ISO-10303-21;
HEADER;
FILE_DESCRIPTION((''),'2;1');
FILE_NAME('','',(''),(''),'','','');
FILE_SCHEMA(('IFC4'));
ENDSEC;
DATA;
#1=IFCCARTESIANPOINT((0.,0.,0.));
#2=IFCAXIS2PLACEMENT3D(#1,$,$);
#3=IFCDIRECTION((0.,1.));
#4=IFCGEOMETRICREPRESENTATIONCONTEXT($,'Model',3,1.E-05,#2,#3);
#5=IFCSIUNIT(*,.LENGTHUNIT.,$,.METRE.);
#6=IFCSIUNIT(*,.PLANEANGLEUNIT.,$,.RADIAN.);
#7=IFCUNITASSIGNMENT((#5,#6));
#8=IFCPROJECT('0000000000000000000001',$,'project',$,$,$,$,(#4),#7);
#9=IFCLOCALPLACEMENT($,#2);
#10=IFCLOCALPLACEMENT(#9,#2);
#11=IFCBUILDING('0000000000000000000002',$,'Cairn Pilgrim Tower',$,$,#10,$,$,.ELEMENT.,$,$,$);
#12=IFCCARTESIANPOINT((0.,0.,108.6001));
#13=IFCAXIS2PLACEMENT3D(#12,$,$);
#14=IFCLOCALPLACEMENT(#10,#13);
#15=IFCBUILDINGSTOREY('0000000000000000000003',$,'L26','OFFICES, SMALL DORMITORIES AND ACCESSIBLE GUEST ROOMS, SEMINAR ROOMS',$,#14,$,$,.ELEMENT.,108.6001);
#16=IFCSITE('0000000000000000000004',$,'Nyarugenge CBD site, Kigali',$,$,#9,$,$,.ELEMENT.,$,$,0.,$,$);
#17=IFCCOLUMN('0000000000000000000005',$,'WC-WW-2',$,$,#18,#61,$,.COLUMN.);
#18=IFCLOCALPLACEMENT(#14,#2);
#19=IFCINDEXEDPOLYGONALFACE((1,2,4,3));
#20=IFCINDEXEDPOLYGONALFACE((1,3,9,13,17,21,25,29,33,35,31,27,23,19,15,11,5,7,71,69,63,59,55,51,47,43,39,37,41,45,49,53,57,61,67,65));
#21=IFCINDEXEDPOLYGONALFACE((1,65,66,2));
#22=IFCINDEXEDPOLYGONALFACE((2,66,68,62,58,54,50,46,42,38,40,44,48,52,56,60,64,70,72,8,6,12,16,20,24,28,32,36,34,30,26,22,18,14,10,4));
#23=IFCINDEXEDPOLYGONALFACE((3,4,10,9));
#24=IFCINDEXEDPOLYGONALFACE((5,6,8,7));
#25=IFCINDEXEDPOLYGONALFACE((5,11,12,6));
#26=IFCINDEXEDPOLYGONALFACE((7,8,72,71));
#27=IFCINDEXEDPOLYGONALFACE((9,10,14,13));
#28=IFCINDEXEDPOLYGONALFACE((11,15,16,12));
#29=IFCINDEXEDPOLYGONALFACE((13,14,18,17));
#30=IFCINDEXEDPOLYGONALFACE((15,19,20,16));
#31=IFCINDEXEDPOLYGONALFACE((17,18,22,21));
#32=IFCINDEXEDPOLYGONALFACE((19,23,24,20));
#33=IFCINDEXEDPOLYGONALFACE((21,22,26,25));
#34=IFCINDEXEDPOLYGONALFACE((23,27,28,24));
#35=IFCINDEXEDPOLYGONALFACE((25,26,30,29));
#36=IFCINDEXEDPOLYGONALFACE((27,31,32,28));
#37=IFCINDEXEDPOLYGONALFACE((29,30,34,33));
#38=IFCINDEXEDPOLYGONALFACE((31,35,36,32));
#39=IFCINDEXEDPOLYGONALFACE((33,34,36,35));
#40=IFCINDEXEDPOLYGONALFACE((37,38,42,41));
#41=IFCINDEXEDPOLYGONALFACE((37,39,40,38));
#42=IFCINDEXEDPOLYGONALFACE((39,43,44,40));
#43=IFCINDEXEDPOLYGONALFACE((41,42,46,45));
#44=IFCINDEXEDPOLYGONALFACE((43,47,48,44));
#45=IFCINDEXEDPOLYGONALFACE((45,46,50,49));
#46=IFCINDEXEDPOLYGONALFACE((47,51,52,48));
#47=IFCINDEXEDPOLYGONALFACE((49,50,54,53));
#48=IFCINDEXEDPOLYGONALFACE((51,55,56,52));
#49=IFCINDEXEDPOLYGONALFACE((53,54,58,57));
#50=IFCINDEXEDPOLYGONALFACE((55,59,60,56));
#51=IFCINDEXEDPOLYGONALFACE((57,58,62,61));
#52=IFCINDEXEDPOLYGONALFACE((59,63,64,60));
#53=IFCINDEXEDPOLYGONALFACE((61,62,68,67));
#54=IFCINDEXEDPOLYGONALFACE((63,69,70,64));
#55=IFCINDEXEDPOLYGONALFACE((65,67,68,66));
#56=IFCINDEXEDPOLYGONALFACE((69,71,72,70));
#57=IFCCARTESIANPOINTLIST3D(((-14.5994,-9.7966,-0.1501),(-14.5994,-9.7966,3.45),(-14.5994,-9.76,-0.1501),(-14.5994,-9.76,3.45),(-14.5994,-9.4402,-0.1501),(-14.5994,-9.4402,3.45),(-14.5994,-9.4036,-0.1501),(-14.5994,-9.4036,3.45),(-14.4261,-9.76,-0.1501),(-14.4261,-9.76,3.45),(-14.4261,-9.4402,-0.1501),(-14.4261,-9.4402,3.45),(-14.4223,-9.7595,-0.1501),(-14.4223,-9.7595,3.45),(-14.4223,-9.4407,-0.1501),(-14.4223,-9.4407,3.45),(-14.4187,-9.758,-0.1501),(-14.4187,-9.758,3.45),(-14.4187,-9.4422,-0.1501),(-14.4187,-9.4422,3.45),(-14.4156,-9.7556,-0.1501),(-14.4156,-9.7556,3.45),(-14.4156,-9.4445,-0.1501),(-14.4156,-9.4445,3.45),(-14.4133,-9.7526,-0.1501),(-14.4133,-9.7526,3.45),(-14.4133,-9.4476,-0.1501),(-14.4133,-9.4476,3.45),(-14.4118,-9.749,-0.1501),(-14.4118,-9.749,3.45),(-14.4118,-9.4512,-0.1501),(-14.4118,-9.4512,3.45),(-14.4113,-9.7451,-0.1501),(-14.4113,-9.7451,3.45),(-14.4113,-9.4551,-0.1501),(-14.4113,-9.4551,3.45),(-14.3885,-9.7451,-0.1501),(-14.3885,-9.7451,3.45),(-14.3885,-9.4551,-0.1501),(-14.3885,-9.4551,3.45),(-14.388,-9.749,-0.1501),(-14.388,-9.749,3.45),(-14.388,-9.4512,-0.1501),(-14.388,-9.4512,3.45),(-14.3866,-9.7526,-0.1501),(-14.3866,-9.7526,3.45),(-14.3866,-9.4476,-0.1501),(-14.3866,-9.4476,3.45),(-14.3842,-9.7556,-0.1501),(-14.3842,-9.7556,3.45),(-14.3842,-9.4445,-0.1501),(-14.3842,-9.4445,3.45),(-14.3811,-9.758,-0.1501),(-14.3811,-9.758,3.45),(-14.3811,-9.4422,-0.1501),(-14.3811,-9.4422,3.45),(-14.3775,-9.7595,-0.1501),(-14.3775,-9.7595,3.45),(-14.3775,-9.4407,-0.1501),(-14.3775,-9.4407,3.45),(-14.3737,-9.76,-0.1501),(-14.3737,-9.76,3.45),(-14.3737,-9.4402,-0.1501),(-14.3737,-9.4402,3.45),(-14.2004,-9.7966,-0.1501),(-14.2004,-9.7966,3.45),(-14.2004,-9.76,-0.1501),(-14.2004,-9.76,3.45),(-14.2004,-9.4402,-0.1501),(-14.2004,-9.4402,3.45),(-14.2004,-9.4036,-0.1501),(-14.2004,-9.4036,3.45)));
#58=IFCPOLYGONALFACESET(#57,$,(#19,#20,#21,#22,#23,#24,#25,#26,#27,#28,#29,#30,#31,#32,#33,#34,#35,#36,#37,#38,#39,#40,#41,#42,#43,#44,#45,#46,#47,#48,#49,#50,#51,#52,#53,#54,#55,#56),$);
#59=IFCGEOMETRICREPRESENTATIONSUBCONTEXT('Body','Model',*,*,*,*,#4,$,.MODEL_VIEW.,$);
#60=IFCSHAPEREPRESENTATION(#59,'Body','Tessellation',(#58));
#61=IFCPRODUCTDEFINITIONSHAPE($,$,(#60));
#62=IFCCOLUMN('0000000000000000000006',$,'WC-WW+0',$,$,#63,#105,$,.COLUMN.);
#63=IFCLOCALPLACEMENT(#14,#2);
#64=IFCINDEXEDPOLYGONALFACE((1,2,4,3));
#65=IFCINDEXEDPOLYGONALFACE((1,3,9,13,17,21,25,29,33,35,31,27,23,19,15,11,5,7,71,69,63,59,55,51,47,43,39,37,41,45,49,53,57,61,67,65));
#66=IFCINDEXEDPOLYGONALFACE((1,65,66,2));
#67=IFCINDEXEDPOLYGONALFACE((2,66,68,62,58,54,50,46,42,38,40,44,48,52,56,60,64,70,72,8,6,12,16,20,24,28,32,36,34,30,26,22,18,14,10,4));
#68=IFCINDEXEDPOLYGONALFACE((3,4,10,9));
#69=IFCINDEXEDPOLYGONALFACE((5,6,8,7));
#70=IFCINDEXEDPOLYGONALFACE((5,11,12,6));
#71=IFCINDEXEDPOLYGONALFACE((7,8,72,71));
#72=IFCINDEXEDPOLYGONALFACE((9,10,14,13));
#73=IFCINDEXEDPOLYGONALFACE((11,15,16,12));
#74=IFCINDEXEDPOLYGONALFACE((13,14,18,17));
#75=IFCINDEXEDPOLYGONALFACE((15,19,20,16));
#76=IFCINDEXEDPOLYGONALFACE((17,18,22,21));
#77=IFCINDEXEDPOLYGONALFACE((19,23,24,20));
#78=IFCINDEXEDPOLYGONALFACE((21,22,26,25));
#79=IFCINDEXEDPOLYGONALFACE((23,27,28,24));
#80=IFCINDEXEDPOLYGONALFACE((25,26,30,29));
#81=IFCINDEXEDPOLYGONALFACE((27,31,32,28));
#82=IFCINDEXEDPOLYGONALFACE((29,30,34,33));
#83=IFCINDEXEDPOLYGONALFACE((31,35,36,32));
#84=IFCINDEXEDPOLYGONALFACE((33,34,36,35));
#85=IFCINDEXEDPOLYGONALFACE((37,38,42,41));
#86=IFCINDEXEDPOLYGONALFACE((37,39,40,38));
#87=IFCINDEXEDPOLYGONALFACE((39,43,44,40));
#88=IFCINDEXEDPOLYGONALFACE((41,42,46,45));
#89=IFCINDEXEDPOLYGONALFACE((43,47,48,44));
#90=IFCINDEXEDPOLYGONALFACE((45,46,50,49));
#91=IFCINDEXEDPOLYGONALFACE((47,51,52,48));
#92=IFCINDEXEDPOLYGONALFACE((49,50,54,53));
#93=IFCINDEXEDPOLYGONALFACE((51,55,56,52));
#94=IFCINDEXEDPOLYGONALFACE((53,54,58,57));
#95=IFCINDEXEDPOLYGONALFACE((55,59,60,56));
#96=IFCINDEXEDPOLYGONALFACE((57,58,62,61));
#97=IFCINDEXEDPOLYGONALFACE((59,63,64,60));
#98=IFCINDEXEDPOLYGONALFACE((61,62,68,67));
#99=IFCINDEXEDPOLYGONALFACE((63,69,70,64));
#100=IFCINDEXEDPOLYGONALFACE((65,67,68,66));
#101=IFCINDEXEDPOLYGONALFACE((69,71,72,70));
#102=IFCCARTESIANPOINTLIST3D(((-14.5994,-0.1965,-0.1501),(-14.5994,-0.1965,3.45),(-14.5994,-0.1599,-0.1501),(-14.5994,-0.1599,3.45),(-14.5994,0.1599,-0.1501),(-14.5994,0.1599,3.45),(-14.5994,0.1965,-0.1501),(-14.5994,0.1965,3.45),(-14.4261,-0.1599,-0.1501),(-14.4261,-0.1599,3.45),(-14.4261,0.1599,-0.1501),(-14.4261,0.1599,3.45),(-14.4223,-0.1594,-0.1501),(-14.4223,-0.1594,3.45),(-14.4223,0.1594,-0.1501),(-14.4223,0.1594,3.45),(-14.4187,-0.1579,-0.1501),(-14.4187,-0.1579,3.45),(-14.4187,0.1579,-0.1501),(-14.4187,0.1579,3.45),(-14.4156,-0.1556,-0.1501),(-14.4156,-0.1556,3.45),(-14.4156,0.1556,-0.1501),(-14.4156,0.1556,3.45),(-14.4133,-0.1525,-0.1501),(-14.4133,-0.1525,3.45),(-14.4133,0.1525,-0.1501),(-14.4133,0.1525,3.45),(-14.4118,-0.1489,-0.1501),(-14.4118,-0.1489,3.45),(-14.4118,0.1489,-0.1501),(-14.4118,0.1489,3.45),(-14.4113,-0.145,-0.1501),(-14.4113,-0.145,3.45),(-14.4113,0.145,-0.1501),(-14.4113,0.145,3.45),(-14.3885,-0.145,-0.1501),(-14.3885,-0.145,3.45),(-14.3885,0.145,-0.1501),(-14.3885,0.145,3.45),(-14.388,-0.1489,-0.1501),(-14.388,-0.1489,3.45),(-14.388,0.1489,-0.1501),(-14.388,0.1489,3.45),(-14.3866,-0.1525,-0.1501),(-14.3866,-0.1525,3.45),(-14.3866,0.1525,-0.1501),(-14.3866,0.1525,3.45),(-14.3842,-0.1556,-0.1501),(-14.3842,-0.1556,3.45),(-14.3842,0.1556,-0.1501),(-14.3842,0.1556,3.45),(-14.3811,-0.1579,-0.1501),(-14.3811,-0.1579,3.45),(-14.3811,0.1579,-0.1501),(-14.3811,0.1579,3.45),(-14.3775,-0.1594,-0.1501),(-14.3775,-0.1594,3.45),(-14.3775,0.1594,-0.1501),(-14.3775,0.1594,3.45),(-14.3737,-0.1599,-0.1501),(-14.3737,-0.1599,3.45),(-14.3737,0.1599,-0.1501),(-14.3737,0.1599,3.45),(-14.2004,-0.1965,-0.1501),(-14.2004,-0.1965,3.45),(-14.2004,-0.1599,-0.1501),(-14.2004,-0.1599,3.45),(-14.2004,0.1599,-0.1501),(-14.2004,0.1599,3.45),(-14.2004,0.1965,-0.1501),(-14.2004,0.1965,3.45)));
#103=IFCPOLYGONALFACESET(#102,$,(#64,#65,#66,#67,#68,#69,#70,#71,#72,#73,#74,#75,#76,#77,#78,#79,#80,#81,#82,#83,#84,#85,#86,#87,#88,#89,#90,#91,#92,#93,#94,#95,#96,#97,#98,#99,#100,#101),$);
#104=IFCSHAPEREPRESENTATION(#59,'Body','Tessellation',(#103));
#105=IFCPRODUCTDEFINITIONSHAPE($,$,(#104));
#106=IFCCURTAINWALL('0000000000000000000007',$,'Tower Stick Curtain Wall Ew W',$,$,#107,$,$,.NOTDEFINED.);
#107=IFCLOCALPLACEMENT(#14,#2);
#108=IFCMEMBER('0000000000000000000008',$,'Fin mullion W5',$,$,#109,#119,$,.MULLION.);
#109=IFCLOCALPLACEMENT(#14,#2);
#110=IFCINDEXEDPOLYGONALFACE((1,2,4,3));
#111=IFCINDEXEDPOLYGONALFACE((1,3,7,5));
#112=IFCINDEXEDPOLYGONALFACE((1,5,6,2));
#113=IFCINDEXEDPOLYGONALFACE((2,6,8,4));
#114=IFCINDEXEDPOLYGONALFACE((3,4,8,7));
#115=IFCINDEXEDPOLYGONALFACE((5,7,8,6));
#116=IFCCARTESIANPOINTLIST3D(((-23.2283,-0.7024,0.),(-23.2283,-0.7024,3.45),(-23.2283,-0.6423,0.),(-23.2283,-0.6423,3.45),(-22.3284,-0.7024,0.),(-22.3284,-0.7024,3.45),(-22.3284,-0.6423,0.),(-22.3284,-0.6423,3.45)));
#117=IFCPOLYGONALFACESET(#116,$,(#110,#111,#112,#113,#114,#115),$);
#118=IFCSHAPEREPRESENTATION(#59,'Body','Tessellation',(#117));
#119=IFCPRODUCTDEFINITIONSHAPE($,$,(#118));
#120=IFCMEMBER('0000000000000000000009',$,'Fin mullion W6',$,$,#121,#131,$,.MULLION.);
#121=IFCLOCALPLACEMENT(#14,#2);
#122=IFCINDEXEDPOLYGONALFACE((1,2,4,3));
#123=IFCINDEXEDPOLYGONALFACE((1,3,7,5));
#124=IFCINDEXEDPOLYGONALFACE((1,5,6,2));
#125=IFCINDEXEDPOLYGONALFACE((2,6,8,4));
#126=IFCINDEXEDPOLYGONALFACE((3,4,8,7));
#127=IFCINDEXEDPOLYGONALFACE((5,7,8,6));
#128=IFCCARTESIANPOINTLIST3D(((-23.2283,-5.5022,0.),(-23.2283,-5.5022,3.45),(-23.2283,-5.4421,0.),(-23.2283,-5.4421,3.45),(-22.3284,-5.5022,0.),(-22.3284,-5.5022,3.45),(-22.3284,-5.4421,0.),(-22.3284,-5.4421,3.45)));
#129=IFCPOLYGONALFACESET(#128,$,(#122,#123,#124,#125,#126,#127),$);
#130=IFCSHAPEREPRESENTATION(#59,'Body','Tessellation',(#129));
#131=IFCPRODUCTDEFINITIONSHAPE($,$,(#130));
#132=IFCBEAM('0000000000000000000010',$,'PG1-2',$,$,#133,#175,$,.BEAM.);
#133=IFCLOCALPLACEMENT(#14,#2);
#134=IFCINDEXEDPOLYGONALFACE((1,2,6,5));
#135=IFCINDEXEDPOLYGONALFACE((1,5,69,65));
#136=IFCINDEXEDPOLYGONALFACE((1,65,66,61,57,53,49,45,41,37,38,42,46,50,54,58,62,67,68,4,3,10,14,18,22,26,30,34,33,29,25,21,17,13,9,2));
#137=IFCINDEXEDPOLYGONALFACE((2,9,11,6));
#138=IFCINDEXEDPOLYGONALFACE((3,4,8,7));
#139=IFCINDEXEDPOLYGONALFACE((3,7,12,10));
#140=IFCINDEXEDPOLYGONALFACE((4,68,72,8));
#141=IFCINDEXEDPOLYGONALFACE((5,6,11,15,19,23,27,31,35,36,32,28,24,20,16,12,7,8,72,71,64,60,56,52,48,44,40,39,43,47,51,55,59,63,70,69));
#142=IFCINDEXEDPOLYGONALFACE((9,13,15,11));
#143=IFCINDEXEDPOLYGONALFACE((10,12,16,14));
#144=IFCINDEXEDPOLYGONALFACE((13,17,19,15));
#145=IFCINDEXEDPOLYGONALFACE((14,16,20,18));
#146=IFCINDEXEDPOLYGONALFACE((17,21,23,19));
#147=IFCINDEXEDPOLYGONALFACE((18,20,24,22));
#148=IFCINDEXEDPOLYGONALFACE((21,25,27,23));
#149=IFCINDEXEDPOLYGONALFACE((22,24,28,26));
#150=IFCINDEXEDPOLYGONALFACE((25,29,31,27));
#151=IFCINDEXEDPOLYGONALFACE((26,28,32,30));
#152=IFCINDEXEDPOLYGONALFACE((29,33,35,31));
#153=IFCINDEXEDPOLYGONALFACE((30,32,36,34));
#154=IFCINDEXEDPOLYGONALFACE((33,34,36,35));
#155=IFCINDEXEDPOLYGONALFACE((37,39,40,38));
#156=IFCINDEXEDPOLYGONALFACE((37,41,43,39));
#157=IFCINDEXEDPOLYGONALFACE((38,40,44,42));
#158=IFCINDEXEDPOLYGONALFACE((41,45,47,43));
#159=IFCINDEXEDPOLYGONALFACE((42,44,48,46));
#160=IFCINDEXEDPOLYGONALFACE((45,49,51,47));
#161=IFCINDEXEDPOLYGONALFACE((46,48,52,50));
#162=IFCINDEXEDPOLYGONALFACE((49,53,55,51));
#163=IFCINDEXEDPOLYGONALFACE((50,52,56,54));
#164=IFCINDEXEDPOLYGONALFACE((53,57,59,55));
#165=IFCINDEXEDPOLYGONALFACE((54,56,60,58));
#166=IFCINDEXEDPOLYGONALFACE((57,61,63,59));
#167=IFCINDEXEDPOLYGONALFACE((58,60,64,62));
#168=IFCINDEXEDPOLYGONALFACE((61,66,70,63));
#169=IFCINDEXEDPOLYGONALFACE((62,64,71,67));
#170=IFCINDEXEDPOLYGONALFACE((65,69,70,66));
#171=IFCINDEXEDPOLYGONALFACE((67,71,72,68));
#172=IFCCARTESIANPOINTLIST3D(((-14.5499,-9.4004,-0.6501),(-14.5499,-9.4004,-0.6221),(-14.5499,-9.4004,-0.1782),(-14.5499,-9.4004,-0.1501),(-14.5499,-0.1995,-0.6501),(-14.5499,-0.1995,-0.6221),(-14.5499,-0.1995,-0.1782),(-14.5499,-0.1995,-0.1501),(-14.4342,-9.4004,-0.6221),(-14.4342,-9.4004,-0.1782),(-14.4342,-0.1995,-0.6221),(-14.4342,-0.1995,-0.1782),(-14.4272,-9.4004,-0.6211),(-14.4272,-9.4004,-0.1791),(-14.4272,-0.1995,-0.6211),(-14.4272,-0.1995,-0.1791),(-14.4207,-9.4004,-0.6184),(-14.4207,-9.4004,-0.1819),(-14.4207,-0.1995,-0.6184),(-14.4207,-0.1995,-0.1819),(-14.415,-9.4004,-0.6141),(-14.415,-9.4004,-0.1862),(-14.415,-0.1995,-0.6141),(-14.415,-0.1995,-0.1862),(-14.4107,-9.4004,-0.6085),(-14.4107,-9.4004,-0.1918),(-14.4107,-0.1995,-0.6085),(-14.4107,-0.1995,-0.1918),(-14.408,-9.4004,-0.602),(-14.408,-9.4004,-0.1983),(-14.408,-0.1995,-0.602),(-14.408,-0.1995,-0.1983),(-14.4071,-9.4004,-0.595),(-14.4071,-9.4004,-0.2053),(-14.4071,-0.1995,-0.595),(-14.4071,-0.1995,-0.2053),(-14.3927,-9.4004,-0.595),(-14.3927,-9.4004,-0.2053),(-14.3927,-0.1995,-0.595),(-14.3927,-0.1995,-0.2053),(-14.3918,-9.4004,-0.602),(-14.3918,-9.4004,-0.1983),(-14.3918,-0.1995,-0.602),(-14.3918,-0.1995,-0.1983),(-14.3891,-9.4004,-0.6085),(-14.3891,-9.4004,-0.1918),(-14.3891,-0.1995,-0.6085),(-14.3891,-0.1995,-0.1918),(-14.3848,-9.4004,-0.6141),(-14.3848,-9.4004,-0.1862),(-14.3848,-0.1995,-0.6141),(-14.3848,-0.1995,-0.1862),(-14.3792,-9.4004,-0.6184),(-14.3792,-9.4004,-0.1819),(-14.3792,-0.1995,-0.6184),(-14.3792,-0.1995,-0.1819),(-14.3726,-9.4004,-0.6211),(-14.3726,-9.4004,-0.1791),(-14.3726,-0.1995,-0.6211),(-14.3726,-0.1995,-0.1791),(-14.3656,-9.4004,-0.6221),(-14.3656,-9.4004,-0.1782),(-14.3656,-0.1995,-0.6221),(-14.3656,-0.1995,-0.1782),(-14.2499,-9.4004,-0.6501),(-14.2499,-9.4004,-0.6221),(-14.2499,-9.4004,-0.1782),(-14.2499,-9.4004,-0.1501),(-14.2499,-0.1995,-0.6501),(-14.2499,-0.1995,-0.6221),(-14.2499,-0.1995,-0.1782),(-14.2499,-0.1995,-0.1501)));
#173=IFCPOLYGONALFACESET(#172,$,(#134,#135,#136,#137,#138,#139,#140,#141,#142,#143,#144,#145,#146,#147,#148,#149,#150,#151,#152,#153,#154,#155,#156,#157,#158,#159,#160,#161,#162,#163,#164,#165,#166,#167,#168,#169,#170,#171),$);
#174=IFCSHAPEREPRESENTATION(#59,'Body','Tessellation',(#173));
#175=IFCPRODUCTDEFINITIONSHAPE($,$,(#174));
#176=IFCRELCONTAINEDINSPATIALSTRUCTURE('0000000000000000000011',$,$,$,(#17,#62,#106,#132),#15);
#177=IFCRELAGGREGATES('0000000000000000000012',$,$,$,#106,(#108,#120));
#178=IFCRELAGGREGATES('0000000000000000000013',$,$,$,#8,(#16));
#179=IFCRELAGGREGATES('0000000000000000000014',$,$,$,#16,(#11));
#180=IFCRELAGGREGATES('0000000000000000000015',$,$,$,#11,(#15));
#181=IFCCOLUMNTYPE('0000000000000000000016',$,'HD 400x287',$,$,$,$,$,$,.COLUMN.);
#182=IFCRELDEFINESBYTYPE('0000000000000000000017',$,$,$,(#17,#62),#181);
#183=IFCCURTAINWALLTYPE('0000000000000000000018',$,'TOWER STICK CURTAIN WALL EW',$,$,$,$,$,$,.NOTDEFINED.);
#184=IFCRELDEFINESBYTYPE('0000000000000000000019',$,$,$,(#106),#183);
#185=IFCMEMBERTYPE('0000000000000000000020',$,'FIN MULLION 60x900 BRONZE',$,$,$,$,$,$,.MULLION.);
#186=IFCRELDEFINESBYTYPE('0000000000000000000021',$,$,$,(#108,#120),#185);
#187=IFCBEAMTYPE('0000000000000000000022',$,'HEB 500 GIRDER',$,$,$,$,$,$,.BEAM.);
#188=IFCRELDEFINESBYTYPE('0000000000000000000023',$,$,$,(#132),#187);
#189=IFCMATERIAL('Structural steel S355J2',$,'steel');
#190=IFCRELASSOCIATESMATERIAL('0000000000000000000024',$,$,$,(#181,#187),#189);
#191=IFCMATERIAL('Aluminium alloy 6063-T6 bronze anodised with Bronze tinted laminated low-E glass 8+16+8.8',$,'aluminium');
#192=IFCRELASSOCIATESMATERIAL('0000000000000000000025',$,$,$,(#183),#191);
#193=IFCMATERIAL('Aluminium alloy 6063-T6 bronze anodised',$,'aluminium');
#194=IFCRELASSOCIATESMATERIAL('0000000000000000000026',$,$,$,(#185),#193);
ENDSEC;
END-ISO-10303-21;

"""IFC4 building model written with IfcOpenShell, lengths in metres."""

from ifc_helpers import new_model, si_unit, direction, frame, origin, origin_2d, place, context, subcontext, project, spatial, rectangle, i_section, extrude, material, material_profile, profile_set, type_object, element, aggregate, save


model = new_model("IFC4")

# Units and contexts
model_context = context("Model", 3, precision=1e-05, world=origin(), true_north=direction((0.0, 1.0)))
body_context = subcontext(model_context, "Body", "Model", "MODEL_VIEW")
ifc_project = project(units=[si_unit("LENGTHUNIT", "METRE"), si_unit("PLANEANGLEUNIT", "RADIAN")], contexts=[model_context])

# Site, building, storey
site_placement = place(None, origin())
site = spatial("IfcSite", under=ifc_project, at=site_placement, Name="Nyarugenge CBD site, Kigali", CompositionType="ELEMENT", RefElevation=0.0)
building_placement = place(site_placement, origin())
building = spatial("IfcBuilding", under=site, at=building_placement, Name="Cairn Pilgrim Tower", CompositionType="ELEMENT")
storey_placement = place(building_placement, frame((0.0, 0.0, 108.6001)))
storey = spatial("IfcBuildingStorey", under=building, at=storey_placement, Name="L26", Description="OFFICES, SMALL DORMITORIES AND ACCESSIBLE GUEST ROOMS, SEMINAR ROOMS", CompositionType="ELEMENT", Elevation=108.6001)

# Columns
ifc_material_1 = material(Name="Structural steel S355J2", Category="steel")
ifc_material_profile_1 = material_profile(ifc_material_1, i_section(OverallWidth=0.3989, OverallDepth=0.3931, WebThickness=0.0227, FlangeThickness=0.0366, FilletRadius=0.0149, at=origin_2d()), Name="HD 400x287")
ifc_profile_set_1 = profile_set([ifc_material_profile_1], Name="Structural steel S355J2")
column_type_1 = type_object("IfcColumnType", Name="HD 400x287", PredefinedType="COLUMN", material=ifc_profile_set_1)
for number, where, z_axis, x_axis, name in (
    (1, (-14.3999, -9.6001, -0.1501), (0.0, 0.0, 1.0), (1.0, 0.0, 0.0), "WC-WW-2"),
    (2, (-14.3999, 0.0, -0.1501), (0.0, 0.0, 1.0), (1.0, 0.0, 0.0), "WC-WW+0"),
):
    element("IfcColumn", number, at=place(storey_placement, frame(where, z_axis=z_axis, x_axis=x_axis)), inside=storey, type_object=column_type_1, Name=name, PredefinedType="COLUMN", context=body_context, shape_type="SweptSolid", body=[
        extrude(i_section(OverallWidth=0.3989, OverallDepth=0.3931, WebThickness=0.0227, FlangeThickness=0.0366, FilletRadius=0.0149, at=origin_2d()), origin(), (0.0, 0.0, 1.0), 3.6001),
    ])

# Curtain wall, members
ifc_material_2 = material(Name="Aluminium alloy 6063-T6 bronze anodised with Bronze tinted laminated low-E glass 8+16+8.8", Category="aluminium")
curtain_wall_type = type_object("IfcCurtainWallType", Name="TOWER STICK CURTAIN WALL EW", PredefinedType="NOTDEFINED", material=ifc_material_2)
curtain_wall_placement = place(storey_placement, origin())
curtain_wall = element("IfcCurtainWall", 3, at=curtain_wall_placement, inside=storey, type_object=curtain_wall_type, Name="Tower Stick Curtain Wall Ew W", PredefinedType="NOTDEFINED")
ifc_material_3 = material(Name="Aluminium alloy 6063-T6 bronze anodised", Category="aluminium")
ifc_material_profile_2 = material_profile(ifc_material_3, rectangle(XDim=0.8999, YDim=0.0601, at=origin_2d()), Name="FIN MULLION 60x900 BRONZE")
ifc_profile_set_2 = profile_set([ifc_material_profile_2], Name="Aluminium alloy 6063-T6 bronze anodised")
member_type_1 = type_object("IfcMemberType", Name="FIN MULLION 60x900 BRONZE", PredefinedType="MULLION", material=ifc_profile_set_2)
member_1_placement = place(storey_placement, frame((-22.7783, -0.6724, 0.0), z_axis=(0.0, 0.0, 1.0), x_axis=(-1.0, 0.0, 0.0)))
member_1 = element("IfcMember", 4, at=member_1_placement, type_object=member_type_1, Name="Fin mullion W5", PredefinedType="MULLION", context=body_context, shape_type="SweptSolid", body=[
    extrude(rectangle(XDim=0.8999, YDim=0.0601, at=origin_2d()), origin(), (0.0, 0.0, 1.0), 3.45),
])
member_2_placement = place(storey_placement, frame((-22.7783, -5.4722, 0.0), z_axis=(0.0, 0.0, 1.0), x_axis=(-1.0, 0.0, 0.0)))
member_2 = element("IfcMember", 5, at=member_2_placement, type_object=member_type_1, Name="Fin mullion W6", PredefinedType="MULLION", context=body_context, shape_type="SweptSolid", body=[
    extrude(rectangle(XDim=0.8999, YDim=0.0601, at=origin_2d()), origin(), (0.0, 0.0, 1.0), 3.45),
])

# Beam
ifc_material_profile_3 = material_profile(ifc_material_1, i_section(OverallWidth=0.3, OverallDepth=0.5, WebThickness=0.0144, FlangeThickness=0.0281, FilletRadius=0.0271, at=origin_2d()), Name="HEB 500")
ifc_profile_set_3 = profile_set([ifc_material_profile_3], Name="Structural steel S355J2")
beam_type_1 = type_object("IfcBeamType", Name="HEB 500 GIRDER", PredefinedType="BEAM", material=ifc_profile_set_3)
for number, where, z_axis, x_axis, name in (
    (6, (-14.3999, -9.4004, -0.4001), (0.0, 1.0, 0.0), (-1.0, 0.0, 0.0), "PG1-2"),
):
    element("IfcBeam", number, at=place(storey_placement, frame(where, z_axis=z_axis, x_axis=x_axis)), inside=storey, type_object=beam_type_1, Name=name, PredefinedType="BEAM", context=body_context, shape_type="SweptSolid", body=[
        extrude(i_section(OverallWidth=0.3, OverallDepth=0.5, WebThickness=0.0144, FlangeThickness=0.0281, FilletRadius=0.0271, at=origin_2d()), origin(), (0.0, 0.0, 1.0), 9.2009),
    ])

aggregate(curtain_wall, [member_1, member_2])

save(model, "model.ifc")
